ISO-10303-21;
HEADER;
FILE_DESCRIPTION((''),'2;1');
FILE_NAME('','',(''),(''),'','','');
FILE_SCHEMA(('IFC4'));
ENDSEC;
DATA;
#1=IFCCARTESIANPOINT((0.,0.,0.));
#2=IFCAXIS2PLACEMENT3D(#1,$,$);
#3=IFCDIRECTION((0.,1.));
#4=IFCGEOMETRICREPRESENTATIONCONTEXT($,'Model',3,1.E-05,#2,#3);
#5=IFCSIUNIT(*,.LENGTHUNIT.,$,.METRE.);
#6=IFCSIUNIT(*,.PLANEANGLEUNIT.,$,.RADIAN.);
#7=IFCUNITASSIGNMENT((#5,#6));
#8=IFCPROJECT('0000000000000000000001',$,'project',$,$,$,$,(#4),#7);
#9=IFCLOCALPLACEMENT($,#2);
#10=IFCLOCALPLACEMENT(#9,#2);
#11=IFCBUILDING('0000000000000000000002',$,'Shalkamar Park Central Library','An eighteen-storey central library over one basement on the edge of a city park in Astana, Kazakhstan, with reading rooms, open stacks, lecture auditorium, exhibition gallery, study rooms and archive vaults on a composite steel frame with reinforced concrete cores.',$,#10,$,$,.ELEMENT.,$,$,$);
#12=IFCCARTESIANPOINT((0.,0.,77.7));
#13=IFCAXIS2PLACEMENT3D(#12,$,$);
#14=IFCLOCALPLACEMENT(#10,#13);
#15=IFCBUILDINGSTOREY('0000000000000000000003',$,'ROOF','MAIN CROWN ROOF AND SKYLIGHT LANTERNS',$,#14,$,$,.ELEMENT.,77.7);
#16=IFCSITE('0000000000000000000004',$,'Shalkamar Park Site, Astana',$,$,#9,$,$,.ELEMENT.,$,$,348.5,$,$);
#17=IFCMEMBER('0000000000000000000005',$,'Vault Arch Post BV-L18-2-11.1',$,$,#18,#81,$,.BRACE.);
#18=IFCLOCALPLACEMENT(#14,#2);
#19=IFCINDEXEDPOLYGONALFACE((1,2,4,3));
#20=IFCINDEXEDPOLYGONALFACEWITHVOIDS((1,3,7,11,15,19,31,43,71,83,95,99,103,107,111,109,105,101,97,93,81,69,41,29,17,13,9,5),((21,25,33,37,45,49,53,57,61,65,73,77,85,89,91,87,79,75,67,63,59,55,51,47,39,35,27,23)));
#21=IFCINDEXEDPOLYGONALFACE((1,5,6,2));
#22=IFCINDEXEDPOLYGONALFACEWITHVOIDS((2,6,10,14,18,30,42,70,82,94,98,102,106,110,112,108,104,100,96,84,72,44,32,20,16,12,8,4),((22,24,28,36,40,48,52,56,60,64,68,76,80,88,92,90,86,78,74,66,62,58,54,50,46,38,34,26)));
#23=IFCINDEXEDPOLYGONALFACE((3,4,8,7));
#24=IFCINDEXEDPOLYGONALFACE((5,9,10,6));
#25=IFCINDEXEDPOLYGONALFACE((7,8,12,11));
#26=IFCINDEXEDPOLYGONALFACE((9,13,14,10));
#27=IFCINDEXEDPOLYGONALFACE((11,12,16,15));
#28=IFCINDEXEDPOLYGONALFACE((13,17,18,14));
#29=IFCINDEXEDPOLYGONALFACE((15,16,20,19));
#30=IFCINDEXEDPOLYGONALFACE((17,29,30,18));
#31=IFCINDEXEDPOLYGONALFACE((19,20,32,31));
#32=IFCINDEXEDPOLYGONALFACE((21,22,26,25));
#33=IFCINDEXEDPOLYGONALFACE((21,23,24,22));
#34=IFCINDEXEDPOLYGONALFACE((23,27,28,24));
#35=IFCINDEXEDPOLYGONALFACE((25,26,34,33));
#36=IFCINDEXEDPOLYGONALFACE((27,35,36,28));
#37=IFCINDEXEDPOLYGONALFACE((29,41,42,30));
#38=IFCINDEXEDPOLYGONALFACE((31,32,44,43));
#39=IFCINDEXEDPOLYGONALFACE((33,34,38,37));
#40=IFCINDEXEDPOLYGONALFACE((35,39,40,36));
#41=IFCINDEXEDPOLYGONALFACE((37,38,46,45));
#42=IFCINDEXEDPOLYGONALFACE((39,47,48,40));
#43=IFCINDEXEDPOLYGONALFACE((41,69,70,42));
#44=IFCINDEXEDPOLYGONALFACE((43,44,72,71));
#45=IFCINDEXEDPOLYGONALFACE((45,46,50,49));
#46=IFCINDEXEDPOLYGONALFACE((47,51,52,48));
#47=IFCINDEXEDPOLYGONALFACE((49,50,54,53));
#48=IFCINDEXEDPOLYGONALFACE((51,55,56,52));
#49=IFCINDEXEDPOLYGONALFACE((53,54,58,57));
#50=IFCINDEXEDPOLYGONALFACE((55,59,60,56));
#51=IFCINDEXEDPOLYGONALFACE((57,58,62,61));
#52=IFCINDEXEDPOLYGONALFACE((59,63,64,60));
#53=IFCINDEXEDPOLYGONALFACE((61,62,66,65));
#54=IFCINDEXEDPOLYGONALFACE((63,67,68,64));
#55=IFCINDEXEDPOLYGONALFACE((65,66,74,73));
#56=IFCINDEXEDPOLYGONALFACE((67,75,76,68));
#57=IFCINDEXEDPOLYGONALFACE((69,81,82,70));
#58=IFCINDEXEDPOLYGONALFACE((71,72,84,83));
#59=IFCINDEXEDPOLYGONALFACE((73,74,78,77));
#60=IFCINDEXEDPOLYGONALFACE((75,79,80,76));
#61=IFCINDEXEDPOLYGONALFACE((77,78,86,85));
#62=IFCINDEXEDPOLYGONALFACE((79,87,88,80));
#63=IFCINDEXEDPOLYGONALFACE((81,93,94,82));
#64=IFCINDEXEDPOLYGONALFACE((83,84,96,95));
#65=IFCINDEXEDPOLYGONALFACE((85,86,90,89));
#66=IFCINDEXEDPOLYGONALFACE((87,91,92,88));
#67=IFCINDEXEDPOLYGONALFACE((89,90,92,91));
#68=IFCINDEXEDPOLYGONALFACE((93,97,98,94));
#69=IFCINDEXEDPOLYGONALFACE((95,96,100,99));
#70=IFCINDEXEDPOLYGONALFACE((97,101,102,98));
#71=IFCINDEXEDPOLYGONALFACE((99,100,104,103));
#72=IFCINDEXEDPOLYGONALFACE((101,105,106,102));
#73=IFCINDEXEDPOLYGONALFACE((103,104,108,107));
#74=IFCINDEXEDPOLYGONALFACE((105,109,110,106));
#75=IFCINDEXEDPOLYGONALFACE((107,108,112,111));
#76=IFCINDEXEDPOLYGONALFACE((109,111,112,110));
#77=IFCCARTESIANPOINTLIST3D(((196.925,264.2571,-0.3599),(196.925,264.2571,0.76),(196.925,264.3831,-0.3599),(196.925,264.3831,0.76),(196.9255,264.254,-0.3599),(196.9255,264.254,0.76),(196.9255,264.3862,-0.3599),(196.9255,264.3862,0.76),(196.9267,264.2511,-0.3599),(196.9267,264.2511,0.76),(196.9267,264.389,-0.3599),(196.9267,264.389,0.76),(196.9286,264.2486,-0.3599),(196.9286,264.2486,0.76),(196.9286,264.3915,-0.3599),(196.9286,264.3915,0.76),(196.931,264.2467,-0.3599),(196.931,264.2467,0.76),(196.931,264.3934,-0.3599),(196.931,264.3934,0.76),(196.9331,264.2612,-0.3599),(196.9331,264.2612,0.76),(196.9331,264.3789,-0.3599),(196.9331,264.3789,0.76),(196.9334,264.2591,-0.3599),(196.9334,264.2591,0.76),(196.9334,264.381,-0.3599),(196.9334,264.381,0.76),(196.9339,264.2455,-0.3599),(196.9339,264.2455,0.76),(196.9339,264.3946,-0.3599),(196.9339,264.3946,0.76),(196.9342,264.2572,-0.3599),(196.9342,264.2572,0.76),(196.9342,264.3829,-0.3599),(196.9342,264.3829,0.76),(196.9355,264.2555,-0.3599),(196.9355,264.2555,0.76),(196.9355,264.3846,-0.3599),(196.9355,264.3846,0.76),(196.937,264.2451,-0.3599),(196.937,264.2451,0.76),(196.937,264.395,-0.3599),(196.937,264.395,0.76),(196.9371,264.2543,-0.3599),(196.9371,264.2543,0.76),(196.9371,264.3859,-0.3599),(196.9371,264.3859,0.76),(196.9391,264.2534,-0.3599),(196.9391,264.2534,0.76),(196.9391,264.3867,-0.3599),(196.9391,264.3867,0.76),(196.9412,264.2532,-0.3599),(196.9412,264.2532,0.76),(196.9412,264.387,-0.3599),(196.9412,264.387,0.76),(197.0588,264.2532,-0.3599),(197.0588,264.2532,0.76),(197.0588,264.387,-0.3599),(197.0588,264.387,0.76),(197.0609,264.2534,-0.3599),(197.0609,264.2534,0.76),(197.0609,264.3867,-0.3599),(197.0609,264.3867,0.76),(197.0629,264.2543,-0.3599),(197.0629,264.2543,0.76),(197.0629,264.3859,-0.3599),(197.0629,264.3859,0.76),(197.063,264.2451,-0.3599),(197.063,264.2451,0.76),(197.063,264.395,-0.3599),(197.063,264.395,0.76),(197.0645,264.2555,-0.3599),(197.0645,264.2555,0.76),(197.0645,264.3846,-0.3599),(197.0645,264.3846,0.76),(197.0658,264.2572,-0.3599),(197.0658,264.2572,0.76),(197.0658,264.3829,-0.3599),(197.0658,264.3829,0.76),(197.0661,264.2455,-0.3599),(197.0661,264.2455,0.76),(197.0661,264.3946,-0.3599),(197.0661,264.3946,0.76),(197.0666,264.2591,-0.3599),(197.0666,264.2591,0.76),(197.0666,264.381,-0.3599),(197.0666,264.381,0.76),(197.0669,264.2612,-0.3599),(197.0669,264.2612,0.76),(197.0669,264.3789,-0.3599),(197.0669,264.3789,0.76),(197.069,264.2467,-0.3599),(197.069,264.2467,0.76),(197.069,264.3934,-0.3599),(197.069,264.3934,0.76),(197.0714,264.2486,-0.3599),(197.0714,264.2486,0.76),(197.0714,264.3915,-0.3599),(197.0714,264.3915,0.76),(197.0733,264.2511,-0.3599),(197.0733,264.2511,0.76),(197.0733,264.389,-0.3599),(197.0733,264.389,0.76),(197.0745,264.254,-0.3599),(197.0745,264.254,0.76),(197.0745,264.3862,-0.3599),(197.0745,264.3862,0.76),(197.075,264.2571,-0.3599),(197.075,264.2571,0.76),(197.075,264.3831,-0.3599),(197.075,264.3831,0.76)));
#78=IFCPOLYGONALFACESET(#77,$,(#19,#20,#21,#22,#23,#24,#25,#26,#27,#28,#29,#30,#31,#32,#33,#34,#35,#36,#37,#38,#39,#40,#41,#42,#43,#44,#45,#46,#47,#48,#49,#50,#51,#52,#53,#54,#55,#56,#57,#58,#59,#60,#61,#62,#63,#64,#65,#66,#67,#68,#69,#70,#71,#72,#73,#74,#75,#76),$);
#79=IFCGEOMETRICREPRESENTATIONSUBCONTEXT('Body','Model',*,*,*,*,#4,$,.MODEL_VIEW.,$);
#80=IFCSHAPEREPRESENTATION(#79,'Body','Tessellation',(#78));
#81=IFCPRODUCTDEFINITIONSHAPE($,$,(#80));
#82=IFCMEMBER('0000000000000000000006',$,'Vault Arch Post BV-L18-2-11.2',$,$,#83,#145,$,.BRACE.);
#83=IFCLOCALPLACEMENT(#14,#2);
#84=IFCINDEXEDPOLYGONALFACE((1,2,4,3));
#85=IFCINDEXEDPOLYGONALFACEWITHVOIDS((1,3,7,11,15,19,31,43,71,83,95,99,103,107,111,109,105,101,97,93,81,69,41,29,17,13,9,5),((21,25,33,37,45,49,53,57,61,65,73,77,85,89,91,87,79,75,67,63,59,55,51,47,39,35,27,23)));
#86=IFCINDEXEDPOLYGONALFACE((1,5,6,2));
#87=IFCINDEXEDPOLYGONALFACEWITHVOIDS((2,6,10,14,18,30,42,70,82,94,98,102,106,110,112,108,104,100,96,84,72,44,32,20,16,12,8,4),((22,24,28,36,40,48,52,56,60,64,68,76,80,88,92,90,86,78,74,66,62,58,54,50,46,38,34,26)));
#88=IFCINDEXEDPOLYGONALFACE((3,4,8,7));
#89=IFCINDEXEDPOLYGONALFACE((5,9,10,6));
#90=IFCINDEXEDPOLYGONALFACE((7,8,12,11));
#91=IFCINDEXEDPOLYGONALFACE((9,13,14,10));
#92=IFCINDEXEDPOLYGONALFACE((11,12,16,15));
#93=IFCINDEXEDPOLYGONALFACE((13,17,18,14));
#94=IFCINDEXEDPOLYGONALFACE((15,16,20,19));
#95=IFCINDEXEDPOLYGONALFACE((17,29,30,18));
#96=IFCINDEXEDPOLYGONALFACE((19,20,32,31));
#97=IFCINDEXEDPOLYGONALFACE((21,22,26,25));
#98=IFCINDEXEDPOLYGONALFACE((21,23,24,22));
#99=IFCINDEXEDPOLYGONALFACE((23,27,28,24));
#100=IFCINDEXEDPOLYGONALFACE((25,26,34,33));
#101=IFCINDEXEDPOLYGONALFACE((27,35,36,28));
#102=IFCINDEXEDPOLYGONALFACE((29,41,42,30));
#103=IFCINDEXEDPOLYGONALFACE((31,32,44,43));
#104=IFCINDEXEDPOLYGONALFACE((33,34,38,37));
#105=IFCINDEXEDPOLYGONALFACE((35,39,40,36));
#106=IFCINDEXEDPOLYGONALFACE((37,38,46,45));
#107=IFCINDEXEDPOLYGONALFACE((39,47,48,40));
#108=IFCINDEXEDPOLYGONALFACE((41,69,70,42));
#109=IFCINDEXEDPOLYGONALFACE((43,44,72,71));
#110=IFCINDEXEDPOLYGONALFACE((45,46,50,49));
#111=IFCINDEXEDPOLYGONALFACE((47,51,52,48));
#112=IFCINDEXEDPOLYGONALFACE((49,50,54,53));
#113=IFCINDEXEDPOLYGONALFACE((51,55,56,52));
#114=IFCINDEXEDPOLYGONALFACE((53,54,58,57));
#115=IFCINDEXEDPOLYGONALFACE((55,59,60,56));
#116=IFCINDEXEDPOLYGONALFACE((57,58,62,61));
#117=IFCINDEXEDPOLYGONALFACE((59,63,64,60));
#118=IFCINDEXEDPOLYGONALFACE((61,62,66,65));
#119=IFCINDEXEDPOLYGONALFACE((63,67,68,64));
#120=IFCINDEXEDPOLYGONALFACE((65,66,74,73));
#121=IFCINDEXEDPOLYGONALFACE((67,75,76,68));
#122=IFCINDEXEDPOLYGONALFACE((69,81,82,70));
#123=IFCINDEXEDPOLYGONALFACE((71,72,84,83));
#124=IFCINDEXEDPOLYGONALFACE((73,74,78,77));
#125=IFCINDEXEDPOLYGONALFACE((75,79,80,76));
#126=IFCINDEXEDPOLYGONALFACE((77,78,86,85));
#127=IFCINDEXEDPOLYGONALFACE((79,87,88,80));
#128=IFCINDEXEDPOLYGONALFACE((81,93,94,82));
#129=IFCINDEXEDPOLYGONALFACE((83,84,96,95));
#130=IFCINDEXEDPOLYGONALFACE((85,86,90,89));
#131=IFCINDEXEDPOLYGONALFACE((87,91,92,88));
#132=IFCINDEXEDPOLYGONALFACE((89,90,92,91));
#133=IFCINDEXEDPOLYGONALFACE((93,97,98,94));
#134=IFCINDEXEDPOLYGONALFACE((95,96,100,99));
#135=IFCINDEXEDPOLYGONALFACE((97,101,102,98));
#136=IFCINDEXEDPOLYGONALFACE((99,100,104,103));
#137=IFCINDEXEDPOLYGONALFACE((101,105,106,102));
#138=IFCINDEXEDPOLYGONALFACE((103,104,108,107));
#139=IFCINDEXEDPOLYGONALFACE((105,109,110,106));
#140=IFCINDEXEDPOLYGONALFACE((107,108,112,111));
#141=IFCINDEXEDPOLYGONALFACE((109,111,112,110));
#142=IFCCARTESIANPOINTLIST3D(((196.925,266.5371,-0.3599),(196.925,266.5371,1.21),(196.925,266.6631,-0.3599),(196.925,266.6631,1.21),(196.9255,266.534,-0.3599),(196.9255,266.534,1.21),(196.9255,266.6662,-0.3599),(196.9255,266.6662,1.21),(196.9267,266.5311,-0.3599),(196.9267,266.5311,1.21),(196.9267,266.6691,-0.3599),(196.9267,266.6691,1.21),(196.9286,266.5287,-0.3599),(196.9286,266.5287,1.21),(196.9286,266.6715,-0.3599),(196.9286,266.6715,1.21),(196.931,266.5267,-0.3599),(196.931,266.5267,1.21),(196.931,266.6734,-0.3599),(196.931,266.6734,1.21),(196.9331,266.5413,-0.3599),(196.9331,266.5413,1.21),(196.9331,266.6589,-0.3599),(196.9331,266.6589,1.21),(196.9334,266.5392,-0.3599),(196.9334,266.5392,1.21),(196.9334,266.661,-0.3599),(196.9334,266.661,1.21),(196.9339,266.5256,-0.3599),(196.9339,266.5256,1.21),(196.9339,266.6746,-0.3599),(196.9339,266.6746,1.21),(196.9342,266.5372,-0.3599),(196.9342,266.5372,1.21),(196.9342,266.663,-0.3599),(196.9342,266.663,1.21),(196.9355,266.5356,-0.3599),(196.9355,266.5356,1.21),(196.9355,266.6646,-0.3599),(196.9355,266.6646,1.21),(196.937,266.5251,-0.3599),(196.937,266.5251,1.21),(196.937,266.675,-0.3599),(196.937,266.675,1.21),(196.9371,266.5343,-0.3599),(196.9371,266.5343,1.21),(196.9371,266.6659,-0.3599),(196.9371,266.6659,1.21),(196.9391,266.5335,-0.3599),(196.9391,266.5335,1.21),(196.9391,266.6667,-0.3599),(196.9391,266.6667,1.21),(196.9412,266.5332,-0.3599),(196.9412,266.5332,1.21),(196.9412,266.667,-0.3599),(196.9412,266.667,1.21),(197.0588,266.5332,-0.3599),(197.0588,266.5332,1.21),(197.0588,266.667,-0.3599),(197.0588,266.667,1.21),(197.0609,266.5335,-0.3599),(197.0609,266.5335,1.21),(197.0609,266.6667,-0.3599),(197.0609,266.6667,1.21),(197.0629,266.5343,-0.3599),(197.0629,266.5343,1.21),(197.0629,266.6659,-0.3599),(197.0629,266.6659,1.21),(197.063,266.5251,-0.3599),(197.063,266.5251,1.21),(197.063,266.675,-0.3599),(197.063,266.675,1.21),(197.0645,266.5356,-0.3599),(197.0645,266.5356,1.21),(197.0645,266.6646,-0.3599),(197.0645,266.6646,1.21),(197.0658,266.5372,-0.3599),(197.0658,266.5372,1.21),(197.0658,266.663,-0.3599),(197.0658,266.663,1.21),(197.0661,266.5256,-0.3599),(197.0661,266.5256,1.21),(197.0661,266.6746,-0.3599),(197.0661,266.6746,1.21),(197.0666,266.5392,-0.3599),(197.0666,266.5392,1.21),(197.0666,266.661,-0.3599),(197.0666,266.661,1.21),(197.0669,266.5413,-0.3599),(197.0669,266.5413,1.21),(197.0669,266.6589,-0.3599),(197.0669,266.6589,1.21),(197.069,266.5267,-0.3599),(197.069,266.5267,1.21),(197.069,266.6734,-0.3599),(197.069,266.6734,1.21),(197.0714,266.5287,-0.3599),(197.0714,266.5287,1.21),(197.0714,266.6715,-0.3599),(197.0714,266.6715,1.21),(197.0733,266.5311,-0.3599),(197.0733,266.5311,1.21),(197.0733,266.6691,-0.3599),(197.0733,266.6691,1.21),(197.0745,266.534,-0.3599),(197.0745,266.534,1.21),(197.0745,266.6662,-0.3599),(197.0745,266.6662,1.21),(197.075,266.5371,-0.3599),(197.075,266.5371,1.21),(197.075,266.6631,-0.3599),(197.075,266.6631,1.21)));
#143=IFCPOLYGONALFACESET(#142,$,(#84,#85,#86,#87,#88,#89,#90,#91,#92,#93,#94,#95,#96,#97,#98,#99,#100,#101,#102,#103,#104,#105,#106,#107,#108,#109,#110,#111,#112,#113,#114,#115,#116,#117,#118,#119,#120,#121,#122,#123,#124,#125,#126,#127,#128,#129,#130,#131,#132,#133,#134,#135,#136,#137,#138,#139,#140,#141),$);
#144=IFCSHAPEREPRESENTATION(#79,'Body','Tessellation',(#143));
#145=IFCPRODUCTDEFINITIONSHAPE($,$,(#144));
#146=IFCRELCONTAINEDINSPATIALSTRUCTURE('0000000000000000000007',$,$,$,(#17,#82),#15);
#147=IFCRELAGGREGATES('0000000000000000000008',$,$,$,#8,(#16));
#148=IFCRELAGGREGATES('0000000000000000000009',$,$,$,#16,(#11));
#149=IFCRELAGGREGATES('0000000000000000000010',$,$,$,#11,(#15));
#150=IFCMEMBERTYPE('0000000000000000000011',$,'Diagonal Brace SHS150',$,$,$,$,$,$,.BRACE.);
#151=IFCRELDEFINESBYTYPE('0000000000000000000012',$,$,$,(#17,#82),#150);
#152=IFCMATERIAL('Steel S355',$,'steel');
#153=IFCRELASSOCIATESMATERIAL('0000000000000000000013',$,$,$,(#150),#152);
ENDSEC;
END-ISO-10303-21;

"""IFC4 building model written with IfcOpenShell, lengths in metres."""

from ifc_helpers import new_model, si_unit, direction, frame, origin, origin_2d, place, context, subcontext, project, spatial, hollow_rectangle, extrude, material, material_profile, profile_set, type_object, element, save


model = new_model("IFC4")

# Units and contexts
model_context = context("Model", 3, precision=1e-05, world=origin(), true_north=direction((0.0, 1.0)))
body_context = subcontext(model_context, "Body", "Model", "MODEL_VIEW")
ifc_project = project(units=[si_unit("LENGTHUNIT", "METRE"), si_unit("PLANEANGLEUNIT", "RADIAN")], contexts=[model_context])

# Site, building, storey
site_placement = place(None, origin())
site = spatial("IfcSite", under=ifc_project, at=site_placement, Name="Shalkamar Park Site, Astana", CompositionType="ELEMENT", RefElevation=348.5)
building_placement = place(site_placement, origin())
building = spatial("IfcBuilding", under=site, at=building_placement, Name="Shalkamar Park Central Library", Description="An eighteen-storey central library over one basement on the edge of a city park in Astana, Kazakhstan, with reading rooms, open stacks, lecture auditorium, exhibition gallery, study rooms and archive vaults on a composite steel frame with reinforced concrete cores.", CompositionType="ELEMENT")
storey_placement = place(building_placement, frame((0.0, 0.0, 77.7)))
storey = spatial("IfcBuildingStorey", under=building, at=storey_placement, Name="ROOF", Description="MAIN CROWN ROOF AND SKYLIGHT LANTERNS", CompositionType="ELEMENT", Elevation=77.7)

# Members
ifc_material = material(Name="Steel S355", Category="steel")
ifc_material_profile_1 = material_profile(ifc_material, hollow_rectangle(XDim=0.1499, YDim=0.1499, WallThickness=0.0081, InnerFilletRadius=0.0081, OuterFilletRadius=0.012, at=origin_2d()), Name="SHS 150x150x8")
ifc_profile_set_1 = profile_set([ifc_material_profile_1], Name="Steel S355")
member_type_1 = type_object("IfcMemberType", Name="Diagonal Brace SHS150", PredefinedType="BRACE", material=ifc_profile_set_1)
for number, where, z_axis, x_axis, name in (
    (1, (197.0, 264.3201, -0.3599), (0.0, 0.0, 1.0), (1.0, 0.0, 0.0), "Vault Arch Post BV-L18-2-11.1"),
):
    element("IfcMember", number, at=place(storey_placement, frame(where, z_axis=z_axis, x_axis=x_axis)), inside=storey, type_object=member_type_1, Name=name, PredefinedType="BRACE", context=body_context, shape_type="SweptSolid", body=[
        extrude(hollow_rectangle(XDim=0.1499, YDim=0.1499, WallThickness=0.0081, InnerFilletRadius=0.0081, OuterFilletRadius=0.012, at=origin_2d()), origin(), (0.0, 0.0, 1.0), 1.1199),
    ])
member_1_placement = place(storey_placement, frame((197.0, 266.6001, -0.3599), z_axis=(0.0, 0.0, 1.0), x_axis=(1.0, 0.0, 0.0)))
element("IfcMember", 2, at=member_1_placement, inside=storey, type_object=member_type_1, Name="Vault Arch Post BV-L18-2-11.2", PredefinedType="BRACE", context=body_context, shape_type="SweptSolid", body=[
    extrude(hollow_rectangle(XDim=0.1499, YDim=0.1499, WallThickness=0.0081, InnerFilletRadius=0.0081, OuterFilletRadius=0.012, at=origin_2d()), origin(), (0.0, 0.0, 1.0), 1.5698),
])

save(model, "model.ifc")
